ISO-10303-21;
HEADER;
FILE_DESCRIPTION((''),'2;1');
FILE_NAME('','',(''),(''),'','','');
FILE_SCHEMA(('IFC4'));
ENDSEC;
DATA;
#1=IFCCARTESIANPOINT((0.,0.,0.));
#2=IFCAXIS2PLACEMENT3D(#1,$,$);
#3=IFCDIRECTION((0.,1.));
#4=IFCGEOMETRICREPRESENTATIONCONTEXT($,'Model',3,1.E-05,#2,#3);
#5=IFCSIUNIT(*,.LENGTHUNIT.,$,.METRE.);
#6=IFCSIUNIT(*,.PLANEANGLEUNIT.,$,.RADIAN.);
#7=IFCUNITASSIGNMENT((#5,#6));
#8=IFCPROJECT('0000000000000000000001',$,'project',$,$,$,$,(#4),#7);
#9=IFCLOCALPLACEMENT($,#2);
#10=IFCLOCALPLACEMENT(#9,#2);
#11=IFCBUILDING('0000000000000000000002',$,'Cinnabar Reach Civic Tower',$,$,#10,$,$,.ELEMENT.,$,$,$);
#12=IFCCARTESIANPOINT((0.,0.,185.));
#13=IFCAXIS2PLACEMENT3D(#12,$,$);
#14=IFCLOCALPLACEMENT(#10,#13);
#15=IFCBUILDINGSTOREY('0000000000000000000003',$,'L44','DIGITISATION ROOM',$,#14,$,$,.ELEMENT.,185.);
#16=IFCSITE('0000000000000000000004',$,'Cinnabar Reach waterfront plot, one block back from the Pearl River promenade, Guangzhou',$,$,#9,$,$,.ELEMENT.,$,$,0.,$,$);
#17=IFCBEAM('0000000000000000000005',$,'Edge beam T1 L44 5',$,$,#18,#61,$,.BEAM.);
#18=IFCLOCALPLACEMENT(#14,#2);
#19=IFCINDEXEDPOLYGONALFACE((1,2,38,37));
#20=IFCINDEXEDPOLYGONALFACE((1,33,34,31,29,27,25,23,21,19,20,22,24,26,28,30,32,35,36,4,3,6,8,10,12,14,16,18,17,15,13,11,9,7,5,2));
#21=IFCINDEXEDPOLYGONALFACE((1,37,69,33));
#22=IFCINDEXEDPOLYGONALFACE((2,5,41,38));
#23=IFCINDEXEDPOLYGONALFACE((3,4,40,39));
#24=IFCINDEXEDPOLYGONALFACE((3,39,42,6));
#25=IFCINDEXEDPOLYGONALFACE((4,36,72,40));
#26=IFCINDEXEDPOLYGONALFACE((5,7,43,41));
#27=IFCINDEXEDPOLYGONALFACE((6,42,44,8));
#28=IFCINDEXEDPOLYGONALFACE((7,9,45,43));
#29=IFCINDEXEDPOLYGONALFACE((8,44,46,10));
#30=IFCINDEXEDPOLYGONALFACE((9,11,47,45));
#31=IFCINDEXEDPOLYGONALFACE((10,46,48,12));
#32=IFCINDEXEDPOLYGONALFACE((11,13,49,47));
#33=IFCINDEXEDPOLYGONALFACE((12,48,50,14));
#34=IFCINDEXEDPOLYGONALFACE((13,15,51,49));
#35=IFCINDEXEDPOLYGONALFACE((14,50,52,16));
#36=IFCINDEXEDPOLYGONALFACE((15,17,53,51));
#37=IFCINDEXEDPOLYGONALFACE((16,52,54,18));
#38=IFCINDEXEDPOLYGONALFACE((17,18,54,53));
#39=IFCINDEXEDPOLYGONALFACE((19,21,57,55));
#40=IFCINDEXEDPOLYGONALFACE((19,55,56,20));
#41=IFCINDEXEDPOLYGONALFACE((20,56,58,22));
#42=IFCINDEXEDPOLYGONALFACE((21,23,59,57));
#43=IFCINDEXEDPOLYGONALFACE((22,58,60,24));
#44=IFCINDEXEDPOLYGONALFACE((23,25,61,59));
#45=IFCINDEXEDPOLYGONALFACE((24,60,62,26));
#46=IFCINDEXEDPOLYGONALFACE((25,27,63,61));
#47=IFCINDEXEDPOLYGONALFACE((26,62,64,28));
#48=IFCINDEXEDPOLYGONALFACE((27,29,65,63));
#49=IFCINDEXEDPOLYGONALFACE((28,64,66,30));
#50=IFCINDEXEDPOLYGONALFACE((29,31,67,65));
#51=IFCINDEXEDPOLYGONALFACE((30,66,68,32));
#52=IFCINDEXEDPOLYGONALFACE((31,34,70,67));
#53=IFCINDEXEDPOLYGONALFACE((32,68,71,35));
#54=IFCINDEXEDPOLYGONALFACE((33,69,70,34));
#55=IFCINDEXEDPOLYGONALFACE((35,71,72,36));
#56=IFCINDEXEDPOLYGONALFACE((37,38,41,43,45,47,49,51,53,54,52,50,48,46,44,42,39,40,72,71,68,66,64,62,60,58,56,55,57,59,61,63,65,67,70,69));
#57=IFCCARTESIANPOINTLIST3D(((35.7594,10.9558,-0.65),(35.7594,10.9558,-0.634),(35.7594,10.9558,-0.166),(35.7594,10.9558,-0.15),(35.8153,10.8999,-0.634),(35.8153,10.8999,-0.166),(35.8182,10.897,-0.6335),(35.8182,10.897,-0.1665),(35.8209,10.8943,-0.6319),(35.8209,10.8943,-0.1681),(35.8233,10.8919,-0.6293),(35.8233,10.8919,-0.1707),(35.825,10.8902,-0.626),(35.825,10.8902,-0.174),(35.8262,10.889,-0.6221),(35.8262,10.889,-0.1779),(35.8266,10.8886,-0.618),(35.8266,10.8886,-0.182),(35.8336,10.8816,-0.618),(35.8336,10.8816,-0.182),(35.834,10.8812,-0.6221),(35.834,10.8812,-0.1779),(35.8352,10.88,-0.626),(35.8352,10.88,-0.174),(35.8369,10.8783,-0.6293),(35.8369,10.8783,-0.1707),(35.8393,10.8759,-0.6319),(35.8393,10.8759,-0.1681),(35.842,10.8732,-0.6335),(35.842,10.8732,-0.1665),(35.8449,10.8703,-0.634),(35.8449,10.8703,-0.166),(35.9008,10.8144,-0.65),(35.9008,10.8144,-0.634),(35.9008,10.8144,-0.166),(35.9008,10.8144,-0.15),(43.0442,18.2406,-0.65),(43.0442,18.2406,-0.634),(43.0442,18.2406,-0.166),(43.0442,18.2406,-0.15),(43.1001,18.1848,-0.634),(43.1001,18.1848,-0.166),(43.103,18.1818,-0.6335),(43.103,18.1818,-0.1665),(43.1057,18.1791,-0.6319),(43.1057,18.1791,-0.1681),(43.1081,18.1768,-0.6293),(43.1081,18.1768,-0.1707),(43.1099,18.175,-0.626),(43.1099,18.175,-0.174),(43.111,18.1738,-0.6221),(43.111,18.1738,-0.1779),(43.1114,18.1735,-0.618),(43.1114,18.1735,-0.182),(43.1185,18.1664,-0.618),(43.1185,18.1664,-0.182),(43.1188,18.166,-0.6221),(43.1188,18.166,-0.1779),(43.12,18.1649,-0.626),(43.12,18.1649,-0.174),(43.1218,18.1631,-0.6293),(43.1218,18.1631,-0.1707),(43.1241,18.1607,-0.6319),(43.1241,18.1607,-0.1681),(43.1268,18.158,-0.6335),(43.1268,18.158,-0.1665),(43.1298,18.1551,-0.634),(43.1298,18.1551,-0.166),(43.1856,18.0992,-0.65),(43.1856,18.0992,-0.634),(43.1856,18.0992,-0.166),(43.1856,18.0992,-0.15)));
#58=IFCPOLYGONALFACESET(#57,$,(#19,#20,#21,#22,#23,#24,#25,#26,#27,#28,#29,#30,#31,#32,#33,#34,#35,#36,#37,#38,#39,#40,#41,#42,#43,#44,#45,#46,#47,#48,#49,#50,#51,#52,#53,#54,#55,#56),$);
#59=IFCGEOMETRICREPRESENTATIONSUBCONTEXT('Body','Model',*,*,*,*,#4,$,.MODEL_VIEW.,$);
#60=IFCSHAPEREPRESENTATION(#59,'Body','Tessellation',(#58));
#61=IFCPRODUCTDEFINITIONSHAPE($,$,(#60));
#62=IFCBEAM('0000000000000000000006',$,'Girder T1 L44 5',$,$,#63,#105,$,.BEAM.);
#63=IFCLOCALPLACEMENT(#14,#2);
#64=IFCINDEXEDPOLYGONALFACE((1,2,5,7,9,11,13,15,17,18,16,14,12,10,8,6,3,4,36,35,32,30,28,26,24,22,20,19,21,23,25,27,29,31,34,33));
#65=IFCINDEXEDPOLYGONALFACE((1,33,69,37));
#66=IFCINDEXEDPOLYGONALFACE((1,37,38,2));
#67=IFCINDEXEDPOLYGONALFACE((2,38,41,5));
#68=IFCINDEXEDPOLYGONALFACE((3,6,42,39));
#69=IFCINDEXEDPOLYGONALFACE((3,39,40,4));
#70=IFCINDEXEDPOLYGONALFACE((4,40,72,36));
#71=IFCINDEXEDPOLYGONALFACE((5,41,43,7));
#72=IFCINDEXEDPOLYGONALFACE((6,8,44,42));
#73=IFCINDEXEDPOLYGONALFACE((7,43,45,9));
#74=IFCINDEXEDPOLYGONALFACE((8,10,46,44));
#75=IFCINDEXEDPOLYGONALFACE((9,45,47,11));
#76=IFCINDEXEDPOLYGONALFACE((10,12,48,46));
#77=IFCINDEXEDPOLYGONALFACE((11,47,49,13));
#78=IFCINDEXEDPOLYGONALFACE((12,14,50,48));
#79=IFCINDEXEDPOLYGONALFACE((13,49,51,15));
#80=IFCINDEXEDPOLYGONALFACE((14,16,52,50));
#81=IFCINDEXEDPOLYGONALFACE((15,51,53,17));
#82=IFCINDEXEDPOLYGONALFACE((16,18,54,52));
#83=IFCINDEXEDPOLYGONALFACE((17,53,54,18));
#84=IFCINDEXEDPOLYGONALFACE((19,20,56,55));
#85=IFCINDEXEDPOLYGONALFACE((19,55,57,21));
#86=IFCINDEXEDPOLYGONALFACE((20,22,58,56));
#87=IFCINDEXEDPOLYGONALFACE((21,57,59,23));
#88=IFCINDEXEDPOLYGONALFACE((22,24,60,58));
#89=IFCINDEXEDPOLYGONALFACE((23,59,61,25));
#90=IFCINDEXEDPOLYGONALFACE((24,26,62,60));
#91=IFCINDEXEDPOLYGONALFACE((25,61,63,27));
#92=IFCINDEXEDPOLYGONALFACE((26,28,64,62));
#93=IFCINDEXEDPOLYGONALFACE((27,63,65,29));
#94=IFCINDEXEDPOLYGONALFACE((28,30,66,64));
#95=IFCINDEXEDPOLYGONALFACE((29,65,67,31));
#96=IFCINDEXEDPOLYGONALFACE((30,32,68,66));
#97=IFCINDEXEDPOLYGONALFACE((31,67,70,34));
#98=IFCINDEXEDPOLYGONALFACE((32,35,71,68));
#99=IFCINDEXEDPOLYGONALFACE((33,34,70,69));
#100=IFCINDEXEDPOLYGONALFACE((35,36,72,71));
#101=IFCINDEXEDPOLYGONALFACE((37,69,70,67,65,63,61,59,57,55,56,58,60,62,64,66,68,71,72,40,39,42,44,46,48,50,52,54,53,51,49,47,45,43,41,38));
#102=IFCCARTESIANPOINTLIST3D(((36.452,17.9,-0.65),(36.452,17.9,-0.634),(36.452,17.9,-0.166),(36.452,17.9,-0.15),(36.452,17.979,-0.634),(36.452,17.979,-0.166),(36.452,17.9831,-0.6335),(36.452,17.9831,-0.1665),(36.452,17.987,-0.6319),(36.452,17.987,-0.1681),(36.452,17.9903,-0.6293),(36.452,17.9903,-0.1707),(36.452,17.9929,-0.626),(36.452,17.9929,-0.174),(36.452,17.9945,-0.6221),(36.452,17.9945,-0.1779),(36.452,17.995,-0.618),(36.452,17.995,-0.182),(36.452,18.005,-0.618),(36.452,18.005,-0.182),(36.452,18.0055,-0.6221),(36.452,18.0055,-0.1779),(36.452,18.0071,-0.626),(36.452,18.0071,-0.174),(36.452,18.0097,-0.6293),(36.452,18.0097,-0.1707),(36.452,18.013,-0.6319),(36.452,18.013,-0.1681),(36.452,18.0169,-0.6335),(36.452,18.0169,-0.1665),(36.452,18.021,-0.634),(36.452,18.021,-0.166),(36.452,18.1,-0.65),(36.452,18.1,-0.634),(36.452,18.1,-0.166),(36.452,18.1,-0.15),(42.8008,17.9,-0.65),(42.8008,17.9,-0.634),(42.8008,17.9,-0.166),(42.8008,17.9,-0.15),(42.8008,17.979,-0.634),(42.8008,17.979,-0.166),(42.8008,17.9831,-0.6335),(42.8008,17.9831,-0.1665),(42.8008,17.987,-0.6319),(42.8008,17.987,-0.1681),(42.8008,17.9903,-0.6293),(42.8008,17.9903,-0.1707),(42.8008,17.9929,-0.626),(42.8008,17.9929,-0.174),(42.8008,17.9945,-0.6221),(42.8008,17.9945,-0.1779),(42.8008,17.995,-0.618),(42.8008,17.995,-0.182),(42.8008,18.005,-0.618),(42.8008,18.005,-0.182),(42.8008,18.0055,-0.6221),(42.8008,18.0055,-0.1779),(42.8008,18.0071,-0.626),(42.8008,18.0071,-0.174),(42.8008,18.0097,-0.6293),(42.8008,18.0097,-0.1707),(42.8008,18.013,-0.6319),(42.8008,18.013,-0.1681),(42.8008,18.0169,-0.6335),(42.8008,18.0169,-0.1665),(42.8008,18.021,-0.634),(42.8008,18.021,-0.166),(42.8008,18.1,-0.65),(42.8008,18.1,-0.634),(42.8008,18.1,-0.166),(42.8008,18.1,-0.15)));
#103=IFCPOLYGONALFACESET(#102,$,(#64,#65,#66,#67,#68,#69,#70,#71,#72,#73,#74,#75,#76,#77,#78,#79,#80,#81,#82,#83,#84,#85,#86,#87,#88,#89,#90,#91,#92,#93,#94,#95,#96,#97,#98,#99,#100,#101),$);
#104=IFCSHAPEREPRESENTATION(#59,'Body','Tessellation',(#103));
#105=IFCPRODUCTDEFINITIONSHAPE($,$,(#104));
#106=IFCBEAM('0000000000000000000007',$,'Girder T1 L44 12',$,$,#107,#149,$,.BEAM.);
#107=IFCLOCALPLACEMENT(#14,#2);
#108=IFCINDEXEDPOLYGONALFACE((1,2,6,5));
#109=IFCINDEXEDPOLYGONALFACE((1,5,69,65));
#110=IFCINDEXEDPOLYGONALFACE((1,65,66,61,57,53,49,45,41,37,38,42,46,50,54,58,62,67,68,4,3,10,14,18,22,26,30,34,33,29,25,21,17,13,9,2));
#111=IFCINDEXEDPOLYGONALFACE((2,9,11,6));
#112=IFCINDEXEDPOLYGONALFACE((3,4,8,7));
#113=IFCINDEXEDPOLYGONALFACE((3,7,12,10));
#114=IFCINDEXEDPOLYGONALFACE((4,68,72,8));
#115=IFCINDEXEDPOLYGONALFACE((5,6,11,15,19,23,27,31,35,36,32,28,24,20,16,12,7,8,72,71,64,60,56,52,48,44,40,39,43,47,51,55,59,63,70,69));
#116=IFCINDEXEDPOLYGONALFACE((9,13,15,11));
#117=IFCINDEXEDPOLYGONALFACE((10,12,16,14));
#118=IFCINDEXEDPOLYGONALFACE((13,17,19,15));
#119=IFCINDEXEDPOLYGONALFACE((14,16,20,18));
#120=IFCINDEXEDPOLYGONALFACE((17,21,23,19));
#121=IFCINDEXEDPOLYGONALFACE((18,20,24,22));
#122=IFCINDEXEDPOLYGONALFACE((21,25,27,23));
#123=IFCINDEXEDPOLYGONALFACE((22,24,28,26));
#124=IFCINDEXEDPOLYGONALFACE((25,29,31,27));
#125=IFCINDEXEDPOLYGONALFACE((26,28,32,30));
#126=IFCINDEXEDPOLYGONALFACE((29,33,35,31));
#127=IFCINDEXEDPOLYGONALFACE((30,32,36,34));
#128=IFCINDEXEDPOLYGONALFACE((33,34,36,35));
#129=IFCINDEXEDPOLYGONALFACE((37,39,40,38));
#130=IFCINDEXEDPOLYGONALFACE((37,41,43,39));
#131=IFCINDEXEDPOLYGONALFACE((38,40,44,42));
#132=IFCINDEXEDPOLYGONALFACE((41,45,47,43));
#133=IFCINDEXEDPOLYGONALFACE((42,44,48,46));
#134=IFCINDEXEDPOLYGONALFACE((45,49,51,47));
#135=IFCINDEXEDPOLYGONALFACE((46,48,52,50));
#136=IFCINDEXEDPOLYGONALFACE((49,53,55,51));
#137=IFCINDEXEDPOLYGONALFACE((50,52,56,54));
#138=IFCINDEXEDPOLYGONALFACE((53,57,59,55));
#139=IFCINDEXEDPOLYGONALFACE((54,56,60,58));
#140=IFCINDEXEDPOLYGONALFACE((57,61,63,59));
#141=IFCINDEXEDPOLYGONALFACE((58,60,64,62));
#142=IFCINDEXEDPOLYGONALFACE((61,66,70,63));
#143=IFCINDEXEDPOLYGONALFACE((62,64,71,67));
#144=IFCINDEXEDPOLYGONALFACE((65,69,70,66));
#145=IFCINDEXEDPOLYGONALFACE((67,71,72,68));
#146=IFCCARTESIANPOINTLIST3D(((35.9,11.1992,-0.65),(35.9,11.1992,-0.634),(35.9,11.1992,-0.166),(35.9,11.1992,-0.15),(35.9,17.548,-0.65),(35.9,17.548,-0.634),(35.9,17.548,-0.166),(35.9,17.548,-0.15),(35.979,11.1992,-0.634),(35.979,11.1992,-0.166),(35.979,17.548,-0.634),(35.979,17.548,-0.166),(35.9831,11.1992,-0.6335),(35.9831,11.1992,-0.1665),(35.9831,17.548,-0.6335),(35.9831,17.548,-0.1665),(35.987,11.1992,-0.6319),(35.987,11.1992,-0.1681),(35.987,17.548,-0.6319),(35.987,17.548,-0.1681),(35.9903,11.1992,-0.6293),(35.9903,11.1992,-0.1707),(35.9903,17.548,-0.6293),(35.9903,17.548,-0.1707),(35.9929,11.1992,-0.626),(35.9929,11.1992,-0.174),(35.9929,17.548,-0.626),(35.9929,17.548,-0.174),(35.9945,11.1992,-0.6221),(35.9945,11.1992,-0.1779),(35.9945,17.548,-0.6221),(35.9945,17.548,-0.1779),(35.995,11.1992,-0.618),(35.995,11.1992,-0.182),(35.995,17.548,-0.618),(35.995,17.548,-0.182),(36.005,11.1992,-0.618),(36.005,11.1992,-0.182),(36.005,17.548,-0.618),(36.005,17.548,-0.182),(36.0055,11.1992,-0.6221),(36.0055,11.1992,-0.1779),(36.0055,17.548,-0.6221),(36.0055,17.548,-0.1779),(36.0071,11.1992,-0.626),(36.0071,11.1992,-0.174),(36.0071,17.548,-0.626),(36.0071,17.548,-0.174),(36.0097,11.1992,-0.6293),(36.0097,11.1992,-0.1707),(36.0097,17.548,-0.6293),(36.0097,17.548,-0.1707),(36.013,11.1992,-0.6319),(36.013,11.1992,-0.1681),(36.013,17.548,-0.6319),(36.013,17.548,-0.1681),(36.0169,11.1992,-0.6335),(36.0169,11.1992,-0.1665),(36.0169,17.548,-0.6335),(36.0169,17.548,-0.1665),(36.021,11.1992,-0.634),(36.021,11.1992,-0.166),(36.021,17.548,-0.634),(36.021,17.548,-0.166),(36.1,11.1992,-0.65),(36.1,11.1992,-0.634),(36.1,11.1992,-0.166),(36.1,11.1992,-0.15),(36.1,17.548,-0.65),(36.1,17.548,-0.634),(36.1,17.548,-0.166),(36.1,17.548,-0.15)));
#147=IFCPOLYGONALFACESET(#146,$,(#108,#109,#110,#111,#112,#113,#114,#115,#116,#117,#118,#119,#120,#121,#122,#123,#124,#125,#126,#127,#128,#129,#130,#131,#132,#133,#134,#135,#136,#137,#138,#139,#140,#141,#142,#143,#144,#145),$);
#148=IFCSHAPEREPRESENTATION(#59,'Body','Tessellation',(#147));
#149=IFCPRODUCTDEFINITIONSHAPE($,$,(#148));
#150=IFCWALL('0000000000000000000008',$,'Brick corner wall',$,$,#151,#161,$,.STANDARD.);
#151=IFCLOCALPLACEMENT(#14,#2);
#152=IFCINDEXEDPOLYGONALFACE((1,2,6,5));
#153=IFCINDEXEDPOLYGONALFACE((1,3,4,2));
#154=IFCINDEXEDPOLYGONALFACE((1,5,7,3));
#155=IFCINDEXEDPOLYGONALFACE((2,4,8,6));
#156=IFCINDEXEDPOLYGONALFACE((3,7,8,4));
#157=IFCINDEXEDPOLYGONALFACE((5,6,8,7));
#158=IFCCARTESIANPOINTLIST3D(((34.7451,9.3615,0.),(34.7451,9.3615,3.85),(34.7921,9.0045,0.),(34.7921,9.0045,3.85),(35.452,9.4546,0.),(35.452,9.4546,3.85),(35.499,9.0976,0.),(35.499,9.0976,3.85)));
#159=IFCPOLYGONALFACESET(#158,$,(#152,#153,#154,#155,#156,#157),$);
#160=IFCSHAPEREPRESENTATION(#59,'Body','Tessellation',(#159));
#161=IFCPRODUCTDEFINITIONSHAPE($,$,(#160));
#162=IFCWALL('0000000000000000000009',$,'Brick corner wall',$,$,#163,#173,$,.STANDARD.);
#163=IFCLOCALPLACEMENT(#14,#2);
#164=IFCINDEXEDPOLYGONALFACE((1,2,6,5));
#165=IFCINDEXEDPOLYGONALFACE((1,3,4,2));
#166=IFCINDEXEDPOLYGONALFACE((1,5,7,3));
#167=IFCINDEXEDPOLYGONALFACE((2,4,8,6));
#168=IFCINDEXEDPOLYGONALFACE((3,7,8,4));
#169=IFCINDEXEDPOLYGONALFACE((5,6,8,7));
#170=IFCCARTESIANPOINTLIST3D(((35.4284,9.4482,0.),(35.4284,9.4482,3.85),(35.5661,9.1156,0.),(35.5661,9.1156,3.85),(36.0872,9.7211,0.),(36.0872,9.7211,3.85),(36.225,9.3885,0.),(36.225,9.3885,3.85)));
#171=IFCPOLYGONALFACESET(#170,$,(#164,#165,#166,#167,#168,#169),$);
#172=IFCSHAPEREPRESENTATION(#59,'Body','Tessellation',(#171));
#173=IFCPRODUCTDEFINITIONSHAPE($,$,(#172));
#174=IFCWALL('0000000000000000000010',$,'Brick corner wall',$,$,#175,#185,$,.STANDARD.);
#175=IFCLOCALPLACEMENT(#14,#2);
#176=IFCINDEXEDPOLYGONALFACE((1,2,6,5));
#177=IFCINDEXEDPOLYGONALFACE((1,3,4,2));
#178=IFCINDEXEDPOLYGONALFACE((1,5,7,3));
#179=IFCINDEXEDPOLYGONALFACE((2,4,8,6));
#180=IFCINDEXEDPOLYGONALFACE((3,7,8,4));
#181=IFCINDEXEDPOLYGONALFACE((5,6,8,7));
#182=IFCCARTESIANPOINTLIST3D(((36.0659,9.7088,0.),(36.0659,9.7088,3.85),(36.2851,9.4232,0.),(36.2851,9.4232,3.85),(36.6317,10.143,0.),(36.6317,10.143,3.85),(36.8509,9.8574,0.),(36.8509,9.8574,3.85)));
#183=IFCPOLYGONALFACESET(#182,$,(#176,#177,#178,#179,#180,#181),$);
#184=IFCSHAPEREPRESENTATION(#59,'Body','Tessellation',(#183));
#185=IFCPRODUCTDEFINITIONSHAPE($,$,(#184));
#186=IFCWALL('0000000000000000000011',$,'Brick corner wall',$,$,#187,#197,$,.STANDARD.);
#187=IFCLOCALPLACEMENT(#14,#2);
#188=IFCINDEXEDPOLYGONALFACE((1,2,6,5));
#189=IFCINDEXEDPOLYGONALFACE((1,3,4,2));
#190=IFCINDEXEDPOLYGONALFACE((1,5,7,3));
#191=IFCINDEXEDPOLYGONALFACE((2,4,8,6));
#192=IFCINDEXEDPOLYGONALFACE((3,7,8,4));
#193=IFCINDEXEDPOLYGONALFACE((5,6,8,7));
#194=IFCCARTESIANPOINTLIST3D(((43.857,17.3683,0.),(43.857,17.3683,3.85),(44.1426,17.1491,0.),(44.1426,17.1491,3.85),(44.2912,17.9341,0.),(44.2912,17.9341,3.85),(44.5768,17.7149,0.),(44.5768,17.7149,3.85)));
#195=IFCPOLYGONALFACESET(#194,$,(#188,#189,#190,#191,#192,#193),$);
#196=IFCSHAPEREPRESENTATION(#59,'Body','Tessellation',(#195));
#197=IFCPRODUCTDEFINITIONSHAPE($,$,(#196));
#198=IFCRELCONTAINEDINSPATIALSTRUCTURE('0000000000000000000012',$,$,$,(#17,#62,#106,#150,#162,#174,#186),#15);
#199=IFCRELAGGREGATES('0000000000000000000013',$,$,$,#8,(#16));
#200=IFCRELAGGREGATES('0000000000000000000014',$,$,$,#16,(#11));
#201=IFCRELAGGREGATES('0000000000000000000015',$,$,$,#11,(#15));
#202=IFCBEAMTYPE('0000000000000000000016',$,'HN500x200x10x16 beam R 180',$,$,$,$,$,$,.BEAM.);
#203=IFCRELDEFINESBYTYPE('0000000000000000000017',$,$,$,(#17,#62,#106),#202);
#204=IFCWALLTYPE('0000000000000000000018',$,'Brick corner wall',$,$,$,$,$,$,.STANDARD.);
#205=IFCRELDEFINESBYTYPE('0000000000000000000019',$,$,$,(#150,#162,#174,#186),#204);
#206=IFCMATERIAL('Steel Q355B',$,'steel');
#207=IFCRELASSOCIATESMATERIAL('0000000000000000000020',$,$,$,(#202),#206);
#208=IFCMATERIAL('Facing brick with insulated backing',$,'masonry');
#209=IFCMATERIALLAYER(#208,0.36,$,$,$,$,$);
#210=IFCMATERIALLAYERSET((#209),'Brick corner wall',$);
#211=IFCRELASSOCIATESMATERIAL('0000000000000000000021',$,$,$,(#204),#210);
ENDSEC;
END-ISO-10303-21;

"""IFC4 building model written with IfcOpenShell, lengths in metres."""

from ifc_helpers import new_model, si_unit, direction, frame, frame_2d, origin, origin_2d, place, context, subcontext, project, spatial, rectangle, i_section, extrude, material, layer, layer_set, material_profile, profile_set, type_object, element, save


model = new_model("IFC4")

# Units and contexts
model_context = context("Model", 3, precision=1e-05, world=origin(), true_north=direction((0.0, 1.0)))
body_context = subcontext(model_context, "Body", "Model", "MODEL_VIEW")
ifc_project = project(units=[si_unit("LENGTHUNIT", "METRE"), si_unit("PLANEANGLEUNIT", "RADIAN")], contexts=[model_context])

# Site, building, storey
site_placement = place(None, origin())
site = spatial("IfcSite", under=ifc_project, at=site_placement, Name="Cinnabar Reach waterfront plot, one block back from the Pearl River promenade, Guangzhou", CompositionType="ELEMENT", RefElevation=0.0)
building_placement = place(site_placement, origin())
building = spatial("IfcBuilding", under=site, at=building_placement, Name="Cinnabar Reach Civic Tower", CompositionType="ELEMENT")
storey_placement = place(building_placement, frame((0.0, 0.0, 185.0)))
storey = spatial("IfcBuildingStorey", under=building, at=storey_placement, Name="L44", Description="DIGITISATION ROOM", CompositionType="ELEMENT", Elevation=185.0)

# Beams
ifc_material_1 = material(Name="Steel Q355B", Category="steel")
ifc_material_profile_1 = material_profile(ifc_material_1, i_section(OverallWidth=0.2, OverallDepth=0.5, WebThickness=0.01, FlangeThickness=0.016, FilletRadius=0.016, at=origin_2d()), Name="HN500x200x10x16")
ifc_profile_set_1 = profile_set([ifc_material_profile_1], Name="Steel Q355B")
beam_type_1 = type_object("IfcBeamType", Name="HN500x200x10x16 beam R 180", PredefinedType="BEAM", material=ifc_profile_set_1)
beam_1_placement = place(storey_placement, frame((35.8301, 10.8851, -0.4), z_axis=(0.707107, 0.707107, 0.0), x_axis=(-0.707107, 0.707107, 0.0)))
element("IfcBeam", 1, at=beam_1_placement, inside=storey, type_object=beam_type_1, Name="Edge beam T1 L44 5", PredefinedType="BEAM", context=body_context, shape_type="SweptSolid", body=[
    extrude(i_section(OverallWidth=0.2, OverallDepth=0.5, WebThickness=0.01, FlangeThickness=0.016, FilletRadius=0.016, at=origin_2d()), origin(), (0.0, 0.0, 1.0), 10.3023),
])
for number, where, z_axis, x_axis, name in (
    (2, (36.452, 18.0, -0.4), (1.0, 0.0, 0.0), (0.0, 1.0, 0.0), "Girder T1 L44 5"),
    (3, (36.0, 11.1992, -0.4), (0.0, 1.0, 0.0), (-1.0, 0.0, 0.0), "Girder T1 L44 12"),
):
    element("IfcBeam", number, at=place(storey_placement, frame(where, z_axis=z_axis, x_axis=x_axis)), inside=storey, type_object=beam_type_1, Name=name, PredefinedType="BEAM", context=body_context, shape_type="SweptSolid", body=[
        extrude(i_section(OverallWidth=0.2, OverallDepth=0.5, WebThickness=0.01, FlangeThickness=0.016, FilletRadius=0.016, at=origin_2d()), origin(), (0.0, 0.0, 1.0), 6.3488),
    ])

# Walls
ifc_material_2 = material(Name="Facing brick with insulated backing", Category="masonry")
ifc_layer_1 = layer(ifc_material_2, 0.36)
ifc_layer_set_1 = layer_set([ifc_layer_1], Name="Brick corner wall")
wall_type_1 = type_object("IfcWallType", Name="Brick corner wall", PredefinedType="STANDARD", material=ifc_layer_set_1)
for number, where, z_axis, x_axis, name in (
    (4, (34.7686, 9.183, 0.0), (0.0, 0.0, 1.0), (0.991441, 0.130556, 0.0), "Brick corner wall"),
    (5, (35.4973, 9.2819, 0.0), (0.0, 0.0, 1.0), (0.923872, 0.382703, 0.0), "Brick corner wall"),
):
    element("IfcWall", number, at=place(storey_placement, frame(where, z_axis=z_axis, x_axis=x_axis)), inside=storey, type_object=wall_type_1, Name=name, PredefinedType="STANDARD", context=body_context, shape_type="SweptSolid", body=[
        extrude(rectangle(XDim=0.7131, YDim=0.36, at=frame_2d((0.3565, 0.0))), origin(), (0.0, 0.0, 1.0), 3.85),
    ])
for number, where, z_axis, x_axis, name in (
    (6, (36.1755, 9.566, 0.0), (0.0, 0.0, 1.0), (0.793322, 0.608802, 0.0), "Brick corner wall"),
    (7, (43.9998, 17.2587, 0.0), (0.0, 0.0, 1.0), (0.608802, 0.793322, 0.0), "Brick corner wall"),
):
    element("IfcWall", number, at=place(storey_placement, frame(where, z_axis=z_axis, x_axis=x_axis)), inside=storey, type_object=wall_type_1, Name=name, PredefinedType="STANDARD", context=body_context, shape_type="SweptSolid", body=[
        extrude(rectangle(XDim=0.7132, YDim=0.36, at=frame_2d((0.3566, 0.0))), origin(), (0.0, 0.0, 1.0), 3.85),
    ])

save(model, "model.ifc")
